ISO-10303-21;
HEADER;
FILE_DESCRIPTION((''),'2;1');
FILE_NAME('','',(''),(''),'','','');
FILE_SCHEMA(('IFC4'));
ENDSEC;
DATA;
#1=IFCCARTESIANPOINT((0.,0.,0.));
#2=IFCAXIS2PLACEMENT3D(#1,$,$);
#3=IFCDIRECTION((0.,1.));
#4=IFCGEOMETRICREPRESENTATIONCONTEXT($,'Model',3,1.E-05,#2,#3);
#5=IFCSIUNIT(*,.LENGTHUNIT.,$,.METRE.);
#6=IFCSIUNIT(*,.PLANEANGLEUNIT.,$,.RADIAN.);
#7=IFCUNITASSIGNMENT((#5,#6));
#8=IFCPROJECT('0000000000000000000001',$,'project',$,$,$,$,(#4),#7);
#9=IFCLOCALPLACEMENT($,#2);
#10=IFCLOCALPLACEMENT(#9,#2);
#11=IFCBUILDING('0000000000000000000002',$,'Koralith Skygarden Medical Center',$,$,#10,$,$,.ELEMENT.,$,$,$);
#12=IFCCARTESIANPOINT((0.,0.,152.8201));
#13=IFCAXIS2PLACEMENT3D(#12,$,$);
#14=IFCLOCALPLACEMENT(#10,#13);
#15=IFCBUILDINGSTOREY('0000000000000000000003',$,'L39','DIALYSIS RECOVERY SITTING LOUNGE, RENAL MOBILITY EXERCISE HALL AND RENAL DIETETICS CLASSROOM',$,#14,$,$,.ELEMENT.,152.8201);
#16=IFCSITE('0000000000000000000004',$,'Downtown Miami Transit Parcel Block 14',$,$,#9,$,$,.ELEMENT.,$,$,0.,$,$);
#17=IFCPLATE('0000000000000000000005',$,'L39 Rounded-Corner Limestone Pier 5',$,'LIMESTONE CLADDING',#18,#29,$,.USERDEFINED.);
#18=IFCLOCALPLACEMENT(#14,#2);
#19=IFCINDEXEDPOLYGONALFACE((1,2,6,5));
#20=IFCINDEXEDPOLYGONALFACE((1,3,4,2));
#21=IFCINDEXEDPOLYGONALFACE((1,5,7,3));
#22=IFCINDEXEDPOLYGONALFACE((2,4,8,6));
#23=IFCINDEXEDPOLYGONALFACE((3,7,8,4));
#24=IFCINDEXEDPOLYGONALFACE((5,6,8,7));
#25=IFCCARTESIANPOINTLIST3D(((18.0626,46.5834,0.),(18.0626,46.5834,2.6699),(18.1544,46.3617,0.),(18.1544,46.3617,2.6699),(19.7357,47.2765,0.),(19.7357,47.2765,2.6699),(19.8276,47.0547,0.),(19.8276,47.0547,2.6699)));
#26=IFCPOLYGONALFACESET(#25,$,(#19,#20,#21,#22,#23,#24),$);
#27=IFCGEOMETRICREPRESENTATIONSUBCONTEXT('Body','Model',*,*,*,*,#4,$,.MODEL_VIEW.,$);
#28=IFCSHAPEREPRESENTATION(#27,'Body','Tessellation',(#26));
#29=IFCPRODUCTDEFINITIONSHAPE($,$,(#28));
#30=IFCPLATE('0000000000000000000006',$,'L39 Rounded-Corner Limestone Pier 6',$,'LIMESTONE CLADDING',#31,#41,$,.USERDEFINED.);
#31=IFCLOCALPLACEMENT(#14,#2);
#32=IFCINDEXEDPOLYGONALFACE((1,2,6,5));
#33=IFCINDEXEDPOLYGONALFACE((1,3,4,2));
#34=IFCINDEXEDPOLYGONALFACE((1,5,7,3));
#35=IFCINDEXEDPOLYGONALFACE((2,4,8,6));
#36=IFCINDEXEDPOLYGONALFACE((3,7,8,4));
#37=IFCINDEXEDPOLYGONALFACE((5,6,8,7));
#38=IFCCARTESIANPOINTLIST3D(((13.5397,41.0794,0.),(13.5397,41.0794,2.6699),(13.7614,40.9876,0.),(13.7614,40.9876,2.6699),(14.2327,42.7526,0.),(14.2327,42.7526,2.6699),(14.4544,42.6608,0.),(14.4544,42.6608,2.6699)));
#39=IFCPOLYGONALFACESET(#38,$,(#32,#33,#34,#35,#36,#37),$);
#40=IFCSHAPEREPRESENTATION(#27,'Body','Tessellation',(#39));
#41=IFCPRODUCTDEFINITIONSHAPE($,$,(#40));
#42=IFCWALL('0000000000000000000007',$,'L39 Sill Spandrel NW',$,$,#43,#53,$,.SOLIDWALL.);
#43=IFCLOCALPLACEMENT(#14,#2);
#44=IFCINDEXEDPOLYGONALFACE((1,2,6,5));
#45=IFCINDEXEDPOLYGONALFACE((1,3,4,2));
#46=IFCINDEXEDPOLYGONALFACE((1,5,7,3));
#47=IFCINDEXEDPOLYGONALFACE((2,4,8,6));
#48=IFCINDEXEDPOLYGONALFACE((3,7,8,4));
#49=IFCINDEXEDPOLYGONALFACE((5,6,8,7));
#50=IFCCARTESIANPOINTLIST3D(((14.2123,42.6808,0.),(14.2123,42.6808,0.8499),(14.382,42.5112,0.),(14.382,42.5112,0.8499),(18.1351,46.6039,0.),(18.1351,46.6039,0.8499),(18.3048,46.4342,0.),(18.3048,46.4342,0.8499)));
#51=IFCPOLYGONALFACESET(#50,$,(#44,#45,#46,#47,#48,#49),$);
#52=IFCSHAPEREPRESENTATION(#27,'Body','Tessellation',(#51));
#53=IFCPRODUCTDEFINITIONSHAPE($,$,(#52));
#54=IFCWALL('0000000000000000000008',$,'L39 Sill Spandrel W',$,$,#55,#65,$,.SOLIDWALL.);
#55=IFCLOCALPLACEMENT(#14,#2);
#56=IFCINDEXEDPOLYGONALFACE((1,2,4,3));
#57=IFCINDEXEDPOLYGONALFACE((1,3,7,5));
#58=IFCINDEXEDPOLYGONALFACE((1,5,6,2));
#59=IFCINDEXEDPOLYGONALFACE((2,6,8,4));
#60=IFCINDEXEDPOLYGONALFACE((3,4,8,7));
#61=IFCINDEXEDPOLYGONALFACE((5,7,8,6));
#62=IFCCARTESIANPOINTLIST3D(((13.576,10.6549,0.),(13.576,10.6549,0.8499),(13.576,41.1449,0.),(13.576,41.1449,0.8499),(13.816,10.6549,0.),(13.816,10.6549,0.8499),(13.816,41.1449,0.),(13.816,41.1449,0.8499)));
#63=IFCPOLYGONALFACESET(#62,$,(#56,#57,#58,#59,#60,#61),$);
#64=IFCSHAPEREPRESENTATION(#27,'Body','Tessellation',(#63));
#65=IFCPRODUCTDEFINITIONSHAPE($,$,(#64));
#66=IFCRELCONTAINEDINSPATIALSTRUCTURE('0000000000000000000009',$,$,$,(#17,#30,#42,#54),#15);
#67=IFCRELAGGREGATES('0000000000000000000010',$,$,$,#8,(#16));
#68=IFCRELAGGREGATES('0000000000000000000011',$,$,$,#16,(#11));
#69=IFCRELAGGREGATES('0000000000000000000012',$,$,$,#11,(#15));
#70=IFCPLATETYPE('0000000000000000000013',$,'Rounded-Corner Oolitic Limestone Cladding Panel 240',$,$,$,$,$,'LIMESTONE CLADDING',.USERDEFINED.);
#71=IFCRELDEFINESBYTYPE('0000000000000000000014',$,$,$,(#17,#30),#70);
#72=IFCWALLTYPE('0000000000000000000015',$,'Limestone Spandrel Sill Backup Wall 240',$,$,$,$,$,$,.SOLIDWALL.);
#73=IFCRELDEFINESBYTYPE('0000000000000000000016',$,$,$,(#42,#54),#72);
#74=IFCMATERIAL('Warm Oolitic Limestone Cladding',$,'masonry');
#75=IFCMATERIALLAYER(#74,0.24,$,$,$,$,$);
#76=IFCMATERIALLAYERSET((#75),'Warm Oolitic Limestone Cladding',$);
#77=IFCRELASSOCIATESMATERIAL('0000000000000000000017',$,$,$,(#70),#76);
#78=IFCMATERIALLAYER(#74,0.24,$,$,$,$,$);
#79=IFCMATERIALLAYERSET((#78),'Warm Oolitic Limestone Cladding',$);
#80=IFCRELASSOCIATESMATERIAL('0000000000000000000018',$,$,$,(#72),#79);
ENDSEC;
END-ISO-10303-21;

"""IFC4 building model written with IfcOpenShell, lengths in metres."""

from ifc_helpers import new_model, si_unit, direction, frame, frame_2d, origin, origin_2d, place, context, subcontext, project, spatial, rectangle, extrude, material, layer, layer_set, type_object, element, save


model = new_model("IFC4")

# Units and contexts
model_context = context("Model", 3, precision=1e-05, world=origin(), true_north=direction((0.0, 1.0)))
body_context = subcontext(model_context, "Body", "Model", "MODEL_VIEW")
ifc_project = project(units=[si_unit("LENGTHUNIT", "METRE"), si_unit("PLANEANGLEUNIT", "RADIAN")], contexts=[model_context])

# Site, building, storey
site_placement = place(None, origin())
site = spatial("IfcSite", under=ifc_project, at=site_placement, Name="Downtown Miami Transit Parcel Block 14", CompositionType="ELEMENT", RefElevation=0.0)
building_placement = place(site_placement, origin())
building = spatial("IfcBuilding", under=site, at=building_placement, Name="Koralith Skygarden Medical Center", CompositionType="ELEMENT")
storey_placement = place(building_placement, frame((0.0, 0.0, 152.8201)))
storey = spatial("IfcBuildingStorey", under=building, at=storey_placement, Name="L39", Description="DIALYSIS RECOVERY SITTING LOUNGE, RENAL MOBILITY EXERCISE HALL AND RENAL DIETETICS CLASSROOM", CompositionType="ELEMENT", Elevation=152.8201)

# Plates
ifc_material_1 = material(Name="Warm Oolitic Limestone Cladding", Category="masonry")
ifc_layer_1 = layer(ifc_material_1, 0.24)
ifc_layer_set_1 = layer_set([ifc_layer_1], Name="Warm Oolitic Limestone Cladding")
plate_type_1 = type_object("IfcPlateType", Name="Rounded-Corner Oolitic Limestone Cladding Panel 240", ElementType="LIMESTONE CLADDING", PredefinedType="USERDEFINED", material=ifc_layer_set_1)
for number, where, z_axis, x_axis, name in (
    (1, (18.9451, 46.8191, 0.0), (0.0, 0.0, 1.0), (-0.923885, -0.382671, 0.0), "L39 Rounded-Corner Limestone Pier 5"),
    (2, (13.9971, 41.8701, 0.0), (0.0, 0.0, 1.0), (-0.382671, -0.923885, 0.0), "L39 Rounded-Corner Limestone Pier 6"),
):
    element("IfcPlate", number, at=place(storey_placement, frame(where, z_axis=z_axis, x_axis=x_axis)), inside=storey, type_object=plate_type_1, Name=name, ObjectType="LIMESTONE CLADDING", PredefinedType="USERDEFINED", context=body_context, shape_type="SweptSolid", body=[
        extrude(rectangle(XDim=1.811, YDim=0.24, at=origin_2d()), origin(), (0.0, 0.0, 1.0), 2.6699),
    ])

# Walls
ifc_layer_2 = layer(ifc_material_1, 0.24)
ifc_layer_set_2 = layer_set([ifc_layer_2], Name="Warm Oolitic Limestone Cladding")
wall_type = type_object("IfcWallType", Name="Limestone Spandrel Sill Backup Wall 240", PredefinedType="SOLIDWALL", material=ifc_layer_set_2)
wall_1_placement = place(storey_placement, frame((18.22, 46.519, 0.0), z_axis=(0.0, 0.0, 1.0), x_axis=(-0.707085, -0.707129, 0.0)))
element("IfcWall", 3, at=wall_1_placement, inside=storey, type_object=wall_type, Name="L39 Sill Spandrel NW", PredefinedType="SOLIDWALL", context=body_context, shape_type="SweptSolid", body=[
    extrude(rectangle(XDim=5.5479, YDim=0.24, at=frame_2d((2.7739, 0.0))), origin(), (0.0, 0.0, 1.0), 0.8499),
])
wall_2_placement = place(storey_placement, frame((13.696, 41.145, 0.0), z_axis=(0.0, 0.0, 1.0), x_axis=(0.0, -1.0, 0.0)))
element("IfcWall", 4, at=wall_2_placement, inside=storey, type_object=wall_type, Name="L39 Sill Spandrel W", PredefinedType="SOLIDWALL", context=body_context, shape_type="SweptSolid", body=[
    extrude(rectangle(XDim=30.49, YDim=0.24, at=frame_2d((15.2451, 0.0))), origin(), (0.0, 0.0, 1.0), 0.8499),
])

save(model, "model.ifc")
